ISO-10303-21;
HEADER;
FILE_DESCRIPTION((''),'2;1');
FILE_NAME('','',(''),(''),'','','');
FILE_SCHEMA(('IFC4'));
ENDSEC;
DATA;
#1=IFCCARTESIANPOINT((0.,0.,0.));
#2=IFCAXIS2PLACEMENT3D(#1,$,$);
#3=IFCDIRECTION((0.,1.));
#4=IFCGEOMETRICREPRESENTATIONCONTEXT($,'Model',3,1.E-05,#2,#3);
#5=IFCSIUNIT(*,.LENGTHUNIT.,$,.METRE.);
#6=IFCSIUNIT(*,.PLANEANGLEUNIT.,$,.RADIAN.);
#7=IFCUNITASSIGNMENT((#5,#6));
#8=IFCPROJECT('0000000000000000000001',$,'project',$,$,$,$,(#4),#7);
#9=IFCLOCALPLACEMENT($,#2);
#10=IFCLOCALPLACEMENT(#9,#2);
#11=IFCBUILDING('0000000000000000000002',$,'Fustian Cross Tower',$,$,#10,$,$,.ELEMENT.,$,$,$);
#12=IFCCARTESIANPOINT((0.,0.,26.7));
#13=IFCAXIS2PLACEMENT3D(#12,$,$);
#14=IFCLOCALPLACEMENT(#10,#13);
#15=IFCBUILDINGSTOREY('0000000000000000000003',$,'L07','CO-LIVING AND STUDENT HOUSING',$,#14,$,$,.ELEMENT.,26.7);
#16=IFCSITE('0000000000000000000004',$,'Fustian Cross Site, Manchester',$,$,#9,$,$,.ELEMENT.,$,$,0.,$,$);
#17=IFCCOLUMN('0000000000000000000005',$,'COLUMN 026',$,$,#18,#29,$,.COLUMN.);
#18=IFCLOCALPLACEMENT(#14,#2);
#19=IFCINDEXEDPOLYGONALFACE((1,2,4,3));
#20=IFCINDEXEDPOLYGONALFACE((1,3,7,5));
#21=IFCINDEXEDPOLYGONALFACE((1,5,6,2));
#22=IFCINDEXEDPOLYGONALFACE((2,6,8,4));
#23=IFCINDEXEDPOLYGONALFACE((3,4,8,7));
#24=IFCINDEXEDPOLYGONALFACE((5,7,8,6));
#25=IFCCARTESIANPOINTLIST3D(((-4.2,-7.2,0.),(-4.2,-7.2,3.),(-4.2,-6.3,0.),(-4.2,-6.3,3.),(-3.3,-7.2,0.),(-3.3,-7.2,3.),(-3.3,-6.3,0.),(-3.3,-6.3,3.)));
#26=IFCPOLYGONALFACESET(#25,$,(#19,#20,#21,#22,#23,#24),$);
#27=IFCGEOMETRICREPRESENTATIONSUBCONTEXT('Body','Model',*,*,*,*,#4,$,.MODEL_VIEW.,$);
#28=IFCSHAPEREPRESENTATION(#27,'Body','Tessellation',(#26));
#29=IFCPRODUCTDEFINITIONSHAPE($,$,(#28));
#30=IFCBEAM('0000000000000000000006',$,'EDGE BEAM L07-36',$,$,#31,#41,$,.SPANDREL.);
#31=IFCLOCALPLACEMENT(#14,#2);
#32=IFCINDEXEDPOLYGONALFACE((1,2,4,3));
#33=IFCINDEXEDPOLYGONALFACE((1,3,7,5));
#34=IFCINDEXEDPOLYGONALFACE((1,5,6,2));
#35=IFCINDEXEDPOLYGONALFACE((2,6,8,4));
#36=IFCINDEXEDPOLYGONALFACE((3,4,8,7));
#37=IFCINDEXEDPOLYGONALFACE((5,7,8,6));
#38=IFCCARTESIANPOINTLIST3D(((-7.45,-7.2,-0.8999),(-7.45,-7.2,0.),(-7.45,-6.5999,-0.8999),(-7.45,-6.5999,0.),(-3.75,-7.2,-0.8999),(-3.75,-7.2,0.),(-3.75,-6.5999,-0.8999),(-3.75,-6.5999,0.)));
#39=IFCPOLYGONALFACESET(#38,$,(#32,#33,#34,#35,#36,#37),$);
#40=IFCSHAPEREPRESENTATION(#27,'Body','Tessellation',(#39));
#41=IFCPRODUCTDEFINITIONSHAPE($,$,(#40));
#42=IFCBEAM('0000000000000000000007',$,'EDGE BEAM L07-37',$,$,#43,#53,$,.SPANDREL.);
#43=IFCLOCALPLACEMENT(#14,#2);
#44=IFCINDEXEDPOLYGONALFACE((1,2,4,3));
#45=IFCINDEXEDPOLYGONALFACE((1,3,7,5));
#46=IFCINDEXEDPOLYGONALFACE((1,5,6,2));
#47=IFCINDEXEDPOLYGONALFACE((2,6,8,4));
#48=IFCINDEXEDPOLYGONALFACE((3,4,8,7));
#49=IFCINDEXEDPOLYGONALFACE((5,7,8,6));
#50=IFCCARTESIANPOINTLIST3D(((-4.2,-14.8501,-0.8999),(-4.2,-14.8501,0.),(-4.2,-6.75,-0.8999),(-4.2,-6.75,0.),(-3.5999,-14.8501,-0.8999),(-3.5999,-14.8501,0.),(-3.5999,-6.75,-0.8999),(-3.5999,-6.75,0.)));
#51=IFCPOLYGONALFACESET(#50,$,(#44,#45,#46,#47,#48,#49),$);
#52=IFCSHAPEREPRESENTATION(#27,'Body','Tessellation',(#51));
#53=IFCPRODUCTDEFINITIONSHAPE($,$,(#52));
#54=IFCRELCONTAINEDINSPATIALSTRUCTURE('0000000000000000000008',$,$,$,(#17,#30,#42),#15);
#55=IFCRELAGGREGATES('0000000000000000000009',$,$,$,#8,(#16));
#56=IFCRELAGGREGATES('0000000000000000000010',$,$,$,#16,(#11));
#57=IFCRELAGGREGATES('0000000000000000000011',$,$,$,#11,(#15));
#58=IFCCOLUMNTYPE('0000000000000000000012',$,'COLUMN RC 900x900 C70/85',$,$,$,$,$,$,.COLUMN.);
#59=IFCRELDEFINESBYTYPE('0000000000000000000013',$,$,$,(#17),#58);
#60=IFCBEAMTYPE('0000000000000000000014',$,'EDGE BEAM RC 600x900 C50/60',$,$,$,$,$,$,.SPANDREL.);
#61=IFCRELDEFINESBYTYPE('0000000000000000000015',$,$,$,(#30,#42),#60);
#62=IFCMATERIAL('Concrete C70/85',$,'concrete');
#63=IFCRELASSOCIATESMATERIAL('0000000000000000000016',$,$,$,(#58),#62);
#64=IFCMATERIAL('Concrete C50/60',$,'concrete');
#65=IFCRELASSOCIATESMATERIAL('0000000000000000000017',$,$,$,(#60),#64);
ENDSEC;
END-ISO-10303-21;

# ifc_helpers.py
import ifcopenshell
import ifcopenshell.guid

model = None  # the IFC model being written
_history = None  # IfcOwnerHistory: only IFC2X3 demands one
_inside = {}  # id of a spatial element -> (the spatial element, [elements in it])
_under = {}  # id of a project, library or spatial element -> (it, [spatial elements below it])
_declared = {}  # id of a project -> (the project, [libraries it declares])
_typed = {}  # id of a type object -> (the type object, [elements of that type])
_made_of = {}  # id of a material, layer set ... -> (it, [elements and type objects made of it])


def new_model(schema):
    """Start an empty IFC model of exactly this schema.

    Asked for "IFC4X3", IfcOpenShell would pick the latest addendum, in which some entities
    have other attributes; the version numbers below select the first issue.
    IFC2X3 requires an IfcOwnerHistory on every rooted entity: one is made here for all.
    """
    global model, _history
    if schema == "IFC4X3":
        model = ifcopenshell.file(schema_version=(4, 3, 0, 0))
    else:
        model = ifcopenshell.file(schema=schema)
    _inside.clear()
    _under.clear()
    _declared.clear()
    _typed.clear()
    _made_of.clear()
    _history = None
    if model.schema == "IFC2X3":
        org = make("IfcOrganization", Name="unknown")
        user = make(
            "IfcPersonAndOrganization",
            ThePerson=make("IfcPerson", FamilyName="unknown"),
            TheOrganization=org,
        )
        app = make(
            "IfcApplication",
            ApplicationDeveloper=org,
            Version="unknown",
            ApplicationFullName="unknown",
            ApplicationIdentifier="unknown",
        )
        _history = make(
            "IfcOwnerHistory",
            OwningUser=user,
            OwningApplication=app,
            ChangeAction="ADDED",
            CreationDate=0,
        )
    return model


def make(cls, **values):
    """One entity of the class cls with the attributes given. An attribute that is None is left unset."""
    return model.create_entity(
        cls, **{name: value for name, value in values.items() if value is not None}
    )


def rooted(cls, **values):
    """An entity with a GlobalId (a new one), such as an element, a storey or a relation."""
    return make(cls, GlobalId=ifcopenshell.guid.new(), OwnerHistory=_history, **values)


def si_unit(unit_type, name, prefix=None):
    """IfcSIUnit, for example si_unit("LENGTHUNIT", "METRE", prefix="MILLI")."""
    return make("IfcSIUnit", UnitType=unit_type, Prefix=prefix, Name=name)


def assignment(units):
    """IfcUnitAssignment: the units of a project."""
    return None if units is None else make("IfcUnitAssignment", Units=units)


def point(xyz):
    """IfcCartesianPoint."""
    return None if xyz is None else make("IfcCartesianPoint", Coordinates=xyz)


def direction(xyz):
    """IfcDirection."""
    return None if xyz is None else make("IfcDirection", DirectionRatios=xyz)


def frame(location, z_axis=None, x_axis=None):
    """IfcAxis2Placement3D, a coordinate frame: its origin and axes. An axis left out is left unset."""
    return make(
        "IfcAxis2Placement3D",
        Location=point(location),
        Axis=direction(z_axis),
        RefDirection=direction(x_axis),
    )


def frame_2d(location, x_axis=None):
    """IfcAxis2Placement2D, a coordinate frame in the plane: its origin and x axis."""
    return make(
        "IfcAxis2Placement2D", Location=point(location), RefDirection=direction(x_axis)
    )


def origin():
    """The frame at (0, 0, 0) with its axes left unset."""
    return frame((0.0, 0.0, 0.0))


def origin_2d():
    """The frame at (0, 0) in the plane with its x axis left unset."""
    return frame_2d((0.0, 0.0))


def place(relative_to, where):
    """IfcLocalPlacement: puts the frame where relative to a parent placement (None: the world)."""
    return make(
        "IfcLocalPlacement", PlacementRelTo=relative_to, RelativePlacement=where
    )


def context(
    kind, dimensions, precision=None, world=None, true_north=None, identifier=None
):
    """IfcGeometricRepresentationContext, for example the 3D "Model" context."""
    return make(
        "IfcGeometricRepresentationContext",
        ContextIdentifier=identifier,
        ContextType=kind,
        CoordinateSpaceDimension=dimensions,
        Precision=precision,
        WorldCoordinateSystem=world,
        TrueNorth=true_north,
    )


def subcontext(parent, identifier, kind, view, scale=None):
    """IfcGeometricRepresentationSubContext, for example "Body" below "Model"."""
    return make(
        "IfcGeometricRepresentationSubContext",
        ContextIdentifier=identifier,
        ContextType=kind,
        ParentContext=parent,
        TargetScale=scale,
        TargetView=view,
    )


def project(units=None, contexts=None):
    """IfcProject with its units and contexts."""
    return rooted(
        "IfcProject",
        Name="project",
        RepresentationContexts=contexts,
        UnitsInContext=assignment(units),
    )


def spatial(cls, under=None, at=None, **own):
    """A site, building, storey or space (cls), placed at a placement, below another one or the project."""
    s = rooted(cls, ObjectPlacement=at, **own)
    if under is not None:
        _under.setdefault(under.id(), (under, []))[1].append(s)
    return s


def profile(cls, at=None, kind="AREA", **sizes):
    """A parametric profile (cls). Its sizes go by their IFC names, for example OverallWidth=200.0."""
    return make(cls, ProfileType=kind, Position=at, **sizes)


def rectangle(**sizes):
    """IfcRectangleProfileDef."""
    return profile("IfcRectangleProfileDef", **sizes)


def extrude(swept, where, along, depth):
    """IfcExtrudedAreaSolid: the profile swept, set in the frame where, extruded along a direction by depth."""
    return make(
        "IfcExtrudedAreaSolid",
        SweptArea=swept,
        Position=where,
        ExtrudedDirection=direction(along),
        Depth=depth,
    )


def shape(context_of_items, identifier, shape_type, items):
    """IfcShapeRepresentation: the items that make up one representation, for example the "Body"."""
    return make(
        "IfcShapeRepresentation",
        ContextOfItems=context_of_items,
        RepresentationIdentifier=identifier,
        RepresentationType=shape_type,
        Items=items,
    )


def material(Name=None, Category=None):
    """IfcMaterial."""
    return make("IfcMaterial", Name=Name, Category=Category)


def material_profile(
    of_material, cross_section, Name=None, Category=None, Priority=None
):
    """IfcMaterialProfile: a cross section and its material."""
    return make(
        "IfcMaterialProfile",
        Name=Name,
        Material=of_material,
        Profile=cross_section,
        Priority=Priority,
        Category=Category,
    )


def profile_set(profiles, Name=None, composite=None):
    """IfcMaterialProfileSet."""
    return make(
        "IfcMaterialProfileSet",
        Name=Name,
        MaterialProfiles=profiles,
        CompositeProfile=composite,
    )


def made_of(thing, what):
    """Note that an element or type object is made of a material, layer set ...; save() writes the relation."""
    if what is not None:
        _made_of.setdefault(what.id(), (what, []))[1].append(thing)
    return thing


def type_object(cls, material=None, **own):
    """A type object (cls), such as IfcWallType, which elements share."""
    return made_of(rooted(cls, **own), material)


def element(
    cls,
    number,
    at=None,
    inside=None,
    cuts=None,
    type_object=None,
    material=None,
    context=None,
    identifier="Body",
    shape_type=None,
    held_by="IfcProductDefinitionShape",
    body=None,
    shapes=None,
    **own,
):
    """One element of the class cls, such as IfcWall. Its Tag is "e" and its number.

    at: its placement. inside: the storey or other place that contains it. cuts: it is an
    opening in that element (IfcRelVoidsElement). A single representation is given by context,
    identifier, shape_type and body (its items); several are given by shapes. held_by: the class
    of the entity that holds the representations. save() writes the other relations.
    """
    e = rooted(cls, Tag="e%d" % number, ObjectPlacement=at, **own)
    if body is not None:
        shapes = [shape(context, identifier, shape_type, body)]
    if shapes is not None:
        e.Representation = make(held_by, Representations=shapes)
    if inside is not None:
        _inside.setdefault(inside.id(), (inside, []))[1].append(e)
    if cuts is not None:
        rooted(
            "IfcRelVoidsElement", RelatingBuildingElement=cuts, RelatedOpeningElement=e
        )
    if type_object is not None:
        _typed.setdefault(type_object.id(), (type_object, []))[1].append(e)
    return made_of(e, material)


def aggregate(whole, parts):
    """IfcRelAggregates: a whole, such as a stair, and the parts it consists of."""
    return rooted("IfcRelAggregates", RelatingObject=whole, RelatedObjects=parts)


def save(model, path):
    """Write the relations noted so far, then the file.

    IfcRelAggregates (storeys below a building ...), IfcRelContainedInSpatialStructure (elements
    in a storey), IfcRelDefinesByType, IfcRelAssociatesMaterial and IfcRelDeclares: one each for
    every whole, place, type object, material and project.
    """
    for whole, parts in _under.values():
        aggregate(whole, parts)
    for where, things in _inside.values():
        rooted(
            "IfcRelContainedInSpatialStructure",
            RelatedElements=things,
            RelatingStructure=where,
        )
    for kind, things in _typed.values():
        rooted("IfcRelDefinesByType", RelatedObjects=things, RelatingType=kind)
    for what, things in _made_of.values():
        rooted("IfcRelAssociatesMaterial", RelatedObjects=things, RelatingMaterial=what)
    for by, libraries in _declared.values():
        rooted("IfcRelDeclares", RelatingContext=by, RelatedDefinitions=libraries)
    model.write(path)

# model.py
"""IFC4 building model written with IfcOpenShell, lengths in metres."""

from ifc_helpers import new_model, si_unit, direction, frame, origin, origin_2d, place, context, subcontext, project, spatial, rectangle, extrude, material, material_profile, profile_set, type_object, element, save


model = new_model("IFC4")

# Units and contexts
model_context = context("Model", 3, precision=1e-05, world=origin(), true_north=direction((0.0, 1.0)))
body_context = subcontext(model_context, "Body", "Model", "MODEL_VIEW")
ifc_project = project(units=[si_unit("LENGTHUNIT", "METRE"), si_unit("PLANEANGLEUNIT", "RADIAN")], contexts=[model_context])

# Site, building, storey
site_placement = place(None, origin())
site = spatial("IfcSite", under=ifc_project, at=site_placement, Name="Fustian Cross Site, Manchester", CompositionType="ELEMENT", RefElevation=0.0)
building_placement = place(site_placement, origin())
building = spatial("IfcBuilding", under=site, at=building_placement, Name="Fustian Cross Tower", CompositionType="ELEMENT")
storey_placement = place(building_placement, frame((0.0, 0.0, 26.7)))
storey = spatial("IfcBuildingStorey", under=building, at=storey_placement, Name="L07", Description="CO-LIVING AND STUDENT HOUSING", CompositionType="ELEMENT", Elevation=26.7)

# Column
ifc_material_1 = material(Name="Concrete C70/85", Category="concrete")
ifc_material_profile_1 = material_profile(ifc_material_1, rectangle(XDim=0.8999, YDim=0.8999, at=origin_2d()), Name="RC 900x900")
ifc_profile_set_1 = profile_set([ifc_material_profile_1], Name="Concrete C70/85")
column_type = type_object("IfcColumnType", Name="COLUMN RC 900x900 C70/85", PredefinedType="COLUMN", material=ifc_profile_set_1)
column_placement = place(storey_placement, frame((-3.75, -6.75, 0.0), z_axis=(0.0, 0.0, 1.0), x_axis=(1.0, 0.0, 0.0)))
element("IfcColumn", 1, at=column_placement, inside=storey, type_object=column_type, Name="COLUMN 026", PredefinedType="COLUMN", context=body_context, shape_type="SweptSolid", body=[
    extrude(rectangle(XDim=0.8999, YDim=0.8999, at=origin_2d()), origin(), (0.0, 0.0, 1.0), 3.0),
])

# Beams
ifc_material_2 = material(Name="Concrete C50/60", Category="concrete")
ifc_material_profile_2 = material_profile(ifc_material_2, rectangle(XDim=0.6001, YDim=0.8999, at=origin_2d()), Name="RC 600x900")
ifc_profile_set_2 = profile_set([ifc_material_profile_2], Name="Concrete C50/60")
beam_type = type_object("IfcBeamType", Name="EDGE BEAM RC 600x900 C50/60", PredefinedType="SPANDREL", material=ifc_profile_set_2)
beam_1_placement = place(storey_placement, frame((-7.45, -6.8999, -0.45), z_axis=(1.0, 0.0, 0.0), x_axis=(0.0, 1.0, 0.0)))
element("IfcBeam", 2, at=beam_1_placement, inside=storey, type_object=beam_type, Name="EDGE BEAM L07-36", PredefinedType="SPANDREL", context=body_context, shape_type="SweptSolid", body=[
    extrude(rectangle(XDim=0.6001, YDim=0.8999, at=origin_2d()), origin(), (0.0, 0.0, 1.0), 3.7),
])
beam_2_placement = place(storey_placement, frame((-3.8999, -6.75, -0.45), z_axis=(0.0, -1.0, 0.0), x_axis=(1.0, 0.0, 0.0)))
element("IfcBeam", 3, at=beam_2_placement, inside=storey, type_object=beam_type, Name="EDGE BEAM L07-37", PredefinedType="SPANDREL", context=body_context, shape_type="SweptSolid", body=[
    extrude(rectangle(XDim=0.6001, YDim=0.8999, at=origin_2d()), origin(), (0.0, 0.0, 1.0), 8.1001),
])

save(model, "model.ifc")
